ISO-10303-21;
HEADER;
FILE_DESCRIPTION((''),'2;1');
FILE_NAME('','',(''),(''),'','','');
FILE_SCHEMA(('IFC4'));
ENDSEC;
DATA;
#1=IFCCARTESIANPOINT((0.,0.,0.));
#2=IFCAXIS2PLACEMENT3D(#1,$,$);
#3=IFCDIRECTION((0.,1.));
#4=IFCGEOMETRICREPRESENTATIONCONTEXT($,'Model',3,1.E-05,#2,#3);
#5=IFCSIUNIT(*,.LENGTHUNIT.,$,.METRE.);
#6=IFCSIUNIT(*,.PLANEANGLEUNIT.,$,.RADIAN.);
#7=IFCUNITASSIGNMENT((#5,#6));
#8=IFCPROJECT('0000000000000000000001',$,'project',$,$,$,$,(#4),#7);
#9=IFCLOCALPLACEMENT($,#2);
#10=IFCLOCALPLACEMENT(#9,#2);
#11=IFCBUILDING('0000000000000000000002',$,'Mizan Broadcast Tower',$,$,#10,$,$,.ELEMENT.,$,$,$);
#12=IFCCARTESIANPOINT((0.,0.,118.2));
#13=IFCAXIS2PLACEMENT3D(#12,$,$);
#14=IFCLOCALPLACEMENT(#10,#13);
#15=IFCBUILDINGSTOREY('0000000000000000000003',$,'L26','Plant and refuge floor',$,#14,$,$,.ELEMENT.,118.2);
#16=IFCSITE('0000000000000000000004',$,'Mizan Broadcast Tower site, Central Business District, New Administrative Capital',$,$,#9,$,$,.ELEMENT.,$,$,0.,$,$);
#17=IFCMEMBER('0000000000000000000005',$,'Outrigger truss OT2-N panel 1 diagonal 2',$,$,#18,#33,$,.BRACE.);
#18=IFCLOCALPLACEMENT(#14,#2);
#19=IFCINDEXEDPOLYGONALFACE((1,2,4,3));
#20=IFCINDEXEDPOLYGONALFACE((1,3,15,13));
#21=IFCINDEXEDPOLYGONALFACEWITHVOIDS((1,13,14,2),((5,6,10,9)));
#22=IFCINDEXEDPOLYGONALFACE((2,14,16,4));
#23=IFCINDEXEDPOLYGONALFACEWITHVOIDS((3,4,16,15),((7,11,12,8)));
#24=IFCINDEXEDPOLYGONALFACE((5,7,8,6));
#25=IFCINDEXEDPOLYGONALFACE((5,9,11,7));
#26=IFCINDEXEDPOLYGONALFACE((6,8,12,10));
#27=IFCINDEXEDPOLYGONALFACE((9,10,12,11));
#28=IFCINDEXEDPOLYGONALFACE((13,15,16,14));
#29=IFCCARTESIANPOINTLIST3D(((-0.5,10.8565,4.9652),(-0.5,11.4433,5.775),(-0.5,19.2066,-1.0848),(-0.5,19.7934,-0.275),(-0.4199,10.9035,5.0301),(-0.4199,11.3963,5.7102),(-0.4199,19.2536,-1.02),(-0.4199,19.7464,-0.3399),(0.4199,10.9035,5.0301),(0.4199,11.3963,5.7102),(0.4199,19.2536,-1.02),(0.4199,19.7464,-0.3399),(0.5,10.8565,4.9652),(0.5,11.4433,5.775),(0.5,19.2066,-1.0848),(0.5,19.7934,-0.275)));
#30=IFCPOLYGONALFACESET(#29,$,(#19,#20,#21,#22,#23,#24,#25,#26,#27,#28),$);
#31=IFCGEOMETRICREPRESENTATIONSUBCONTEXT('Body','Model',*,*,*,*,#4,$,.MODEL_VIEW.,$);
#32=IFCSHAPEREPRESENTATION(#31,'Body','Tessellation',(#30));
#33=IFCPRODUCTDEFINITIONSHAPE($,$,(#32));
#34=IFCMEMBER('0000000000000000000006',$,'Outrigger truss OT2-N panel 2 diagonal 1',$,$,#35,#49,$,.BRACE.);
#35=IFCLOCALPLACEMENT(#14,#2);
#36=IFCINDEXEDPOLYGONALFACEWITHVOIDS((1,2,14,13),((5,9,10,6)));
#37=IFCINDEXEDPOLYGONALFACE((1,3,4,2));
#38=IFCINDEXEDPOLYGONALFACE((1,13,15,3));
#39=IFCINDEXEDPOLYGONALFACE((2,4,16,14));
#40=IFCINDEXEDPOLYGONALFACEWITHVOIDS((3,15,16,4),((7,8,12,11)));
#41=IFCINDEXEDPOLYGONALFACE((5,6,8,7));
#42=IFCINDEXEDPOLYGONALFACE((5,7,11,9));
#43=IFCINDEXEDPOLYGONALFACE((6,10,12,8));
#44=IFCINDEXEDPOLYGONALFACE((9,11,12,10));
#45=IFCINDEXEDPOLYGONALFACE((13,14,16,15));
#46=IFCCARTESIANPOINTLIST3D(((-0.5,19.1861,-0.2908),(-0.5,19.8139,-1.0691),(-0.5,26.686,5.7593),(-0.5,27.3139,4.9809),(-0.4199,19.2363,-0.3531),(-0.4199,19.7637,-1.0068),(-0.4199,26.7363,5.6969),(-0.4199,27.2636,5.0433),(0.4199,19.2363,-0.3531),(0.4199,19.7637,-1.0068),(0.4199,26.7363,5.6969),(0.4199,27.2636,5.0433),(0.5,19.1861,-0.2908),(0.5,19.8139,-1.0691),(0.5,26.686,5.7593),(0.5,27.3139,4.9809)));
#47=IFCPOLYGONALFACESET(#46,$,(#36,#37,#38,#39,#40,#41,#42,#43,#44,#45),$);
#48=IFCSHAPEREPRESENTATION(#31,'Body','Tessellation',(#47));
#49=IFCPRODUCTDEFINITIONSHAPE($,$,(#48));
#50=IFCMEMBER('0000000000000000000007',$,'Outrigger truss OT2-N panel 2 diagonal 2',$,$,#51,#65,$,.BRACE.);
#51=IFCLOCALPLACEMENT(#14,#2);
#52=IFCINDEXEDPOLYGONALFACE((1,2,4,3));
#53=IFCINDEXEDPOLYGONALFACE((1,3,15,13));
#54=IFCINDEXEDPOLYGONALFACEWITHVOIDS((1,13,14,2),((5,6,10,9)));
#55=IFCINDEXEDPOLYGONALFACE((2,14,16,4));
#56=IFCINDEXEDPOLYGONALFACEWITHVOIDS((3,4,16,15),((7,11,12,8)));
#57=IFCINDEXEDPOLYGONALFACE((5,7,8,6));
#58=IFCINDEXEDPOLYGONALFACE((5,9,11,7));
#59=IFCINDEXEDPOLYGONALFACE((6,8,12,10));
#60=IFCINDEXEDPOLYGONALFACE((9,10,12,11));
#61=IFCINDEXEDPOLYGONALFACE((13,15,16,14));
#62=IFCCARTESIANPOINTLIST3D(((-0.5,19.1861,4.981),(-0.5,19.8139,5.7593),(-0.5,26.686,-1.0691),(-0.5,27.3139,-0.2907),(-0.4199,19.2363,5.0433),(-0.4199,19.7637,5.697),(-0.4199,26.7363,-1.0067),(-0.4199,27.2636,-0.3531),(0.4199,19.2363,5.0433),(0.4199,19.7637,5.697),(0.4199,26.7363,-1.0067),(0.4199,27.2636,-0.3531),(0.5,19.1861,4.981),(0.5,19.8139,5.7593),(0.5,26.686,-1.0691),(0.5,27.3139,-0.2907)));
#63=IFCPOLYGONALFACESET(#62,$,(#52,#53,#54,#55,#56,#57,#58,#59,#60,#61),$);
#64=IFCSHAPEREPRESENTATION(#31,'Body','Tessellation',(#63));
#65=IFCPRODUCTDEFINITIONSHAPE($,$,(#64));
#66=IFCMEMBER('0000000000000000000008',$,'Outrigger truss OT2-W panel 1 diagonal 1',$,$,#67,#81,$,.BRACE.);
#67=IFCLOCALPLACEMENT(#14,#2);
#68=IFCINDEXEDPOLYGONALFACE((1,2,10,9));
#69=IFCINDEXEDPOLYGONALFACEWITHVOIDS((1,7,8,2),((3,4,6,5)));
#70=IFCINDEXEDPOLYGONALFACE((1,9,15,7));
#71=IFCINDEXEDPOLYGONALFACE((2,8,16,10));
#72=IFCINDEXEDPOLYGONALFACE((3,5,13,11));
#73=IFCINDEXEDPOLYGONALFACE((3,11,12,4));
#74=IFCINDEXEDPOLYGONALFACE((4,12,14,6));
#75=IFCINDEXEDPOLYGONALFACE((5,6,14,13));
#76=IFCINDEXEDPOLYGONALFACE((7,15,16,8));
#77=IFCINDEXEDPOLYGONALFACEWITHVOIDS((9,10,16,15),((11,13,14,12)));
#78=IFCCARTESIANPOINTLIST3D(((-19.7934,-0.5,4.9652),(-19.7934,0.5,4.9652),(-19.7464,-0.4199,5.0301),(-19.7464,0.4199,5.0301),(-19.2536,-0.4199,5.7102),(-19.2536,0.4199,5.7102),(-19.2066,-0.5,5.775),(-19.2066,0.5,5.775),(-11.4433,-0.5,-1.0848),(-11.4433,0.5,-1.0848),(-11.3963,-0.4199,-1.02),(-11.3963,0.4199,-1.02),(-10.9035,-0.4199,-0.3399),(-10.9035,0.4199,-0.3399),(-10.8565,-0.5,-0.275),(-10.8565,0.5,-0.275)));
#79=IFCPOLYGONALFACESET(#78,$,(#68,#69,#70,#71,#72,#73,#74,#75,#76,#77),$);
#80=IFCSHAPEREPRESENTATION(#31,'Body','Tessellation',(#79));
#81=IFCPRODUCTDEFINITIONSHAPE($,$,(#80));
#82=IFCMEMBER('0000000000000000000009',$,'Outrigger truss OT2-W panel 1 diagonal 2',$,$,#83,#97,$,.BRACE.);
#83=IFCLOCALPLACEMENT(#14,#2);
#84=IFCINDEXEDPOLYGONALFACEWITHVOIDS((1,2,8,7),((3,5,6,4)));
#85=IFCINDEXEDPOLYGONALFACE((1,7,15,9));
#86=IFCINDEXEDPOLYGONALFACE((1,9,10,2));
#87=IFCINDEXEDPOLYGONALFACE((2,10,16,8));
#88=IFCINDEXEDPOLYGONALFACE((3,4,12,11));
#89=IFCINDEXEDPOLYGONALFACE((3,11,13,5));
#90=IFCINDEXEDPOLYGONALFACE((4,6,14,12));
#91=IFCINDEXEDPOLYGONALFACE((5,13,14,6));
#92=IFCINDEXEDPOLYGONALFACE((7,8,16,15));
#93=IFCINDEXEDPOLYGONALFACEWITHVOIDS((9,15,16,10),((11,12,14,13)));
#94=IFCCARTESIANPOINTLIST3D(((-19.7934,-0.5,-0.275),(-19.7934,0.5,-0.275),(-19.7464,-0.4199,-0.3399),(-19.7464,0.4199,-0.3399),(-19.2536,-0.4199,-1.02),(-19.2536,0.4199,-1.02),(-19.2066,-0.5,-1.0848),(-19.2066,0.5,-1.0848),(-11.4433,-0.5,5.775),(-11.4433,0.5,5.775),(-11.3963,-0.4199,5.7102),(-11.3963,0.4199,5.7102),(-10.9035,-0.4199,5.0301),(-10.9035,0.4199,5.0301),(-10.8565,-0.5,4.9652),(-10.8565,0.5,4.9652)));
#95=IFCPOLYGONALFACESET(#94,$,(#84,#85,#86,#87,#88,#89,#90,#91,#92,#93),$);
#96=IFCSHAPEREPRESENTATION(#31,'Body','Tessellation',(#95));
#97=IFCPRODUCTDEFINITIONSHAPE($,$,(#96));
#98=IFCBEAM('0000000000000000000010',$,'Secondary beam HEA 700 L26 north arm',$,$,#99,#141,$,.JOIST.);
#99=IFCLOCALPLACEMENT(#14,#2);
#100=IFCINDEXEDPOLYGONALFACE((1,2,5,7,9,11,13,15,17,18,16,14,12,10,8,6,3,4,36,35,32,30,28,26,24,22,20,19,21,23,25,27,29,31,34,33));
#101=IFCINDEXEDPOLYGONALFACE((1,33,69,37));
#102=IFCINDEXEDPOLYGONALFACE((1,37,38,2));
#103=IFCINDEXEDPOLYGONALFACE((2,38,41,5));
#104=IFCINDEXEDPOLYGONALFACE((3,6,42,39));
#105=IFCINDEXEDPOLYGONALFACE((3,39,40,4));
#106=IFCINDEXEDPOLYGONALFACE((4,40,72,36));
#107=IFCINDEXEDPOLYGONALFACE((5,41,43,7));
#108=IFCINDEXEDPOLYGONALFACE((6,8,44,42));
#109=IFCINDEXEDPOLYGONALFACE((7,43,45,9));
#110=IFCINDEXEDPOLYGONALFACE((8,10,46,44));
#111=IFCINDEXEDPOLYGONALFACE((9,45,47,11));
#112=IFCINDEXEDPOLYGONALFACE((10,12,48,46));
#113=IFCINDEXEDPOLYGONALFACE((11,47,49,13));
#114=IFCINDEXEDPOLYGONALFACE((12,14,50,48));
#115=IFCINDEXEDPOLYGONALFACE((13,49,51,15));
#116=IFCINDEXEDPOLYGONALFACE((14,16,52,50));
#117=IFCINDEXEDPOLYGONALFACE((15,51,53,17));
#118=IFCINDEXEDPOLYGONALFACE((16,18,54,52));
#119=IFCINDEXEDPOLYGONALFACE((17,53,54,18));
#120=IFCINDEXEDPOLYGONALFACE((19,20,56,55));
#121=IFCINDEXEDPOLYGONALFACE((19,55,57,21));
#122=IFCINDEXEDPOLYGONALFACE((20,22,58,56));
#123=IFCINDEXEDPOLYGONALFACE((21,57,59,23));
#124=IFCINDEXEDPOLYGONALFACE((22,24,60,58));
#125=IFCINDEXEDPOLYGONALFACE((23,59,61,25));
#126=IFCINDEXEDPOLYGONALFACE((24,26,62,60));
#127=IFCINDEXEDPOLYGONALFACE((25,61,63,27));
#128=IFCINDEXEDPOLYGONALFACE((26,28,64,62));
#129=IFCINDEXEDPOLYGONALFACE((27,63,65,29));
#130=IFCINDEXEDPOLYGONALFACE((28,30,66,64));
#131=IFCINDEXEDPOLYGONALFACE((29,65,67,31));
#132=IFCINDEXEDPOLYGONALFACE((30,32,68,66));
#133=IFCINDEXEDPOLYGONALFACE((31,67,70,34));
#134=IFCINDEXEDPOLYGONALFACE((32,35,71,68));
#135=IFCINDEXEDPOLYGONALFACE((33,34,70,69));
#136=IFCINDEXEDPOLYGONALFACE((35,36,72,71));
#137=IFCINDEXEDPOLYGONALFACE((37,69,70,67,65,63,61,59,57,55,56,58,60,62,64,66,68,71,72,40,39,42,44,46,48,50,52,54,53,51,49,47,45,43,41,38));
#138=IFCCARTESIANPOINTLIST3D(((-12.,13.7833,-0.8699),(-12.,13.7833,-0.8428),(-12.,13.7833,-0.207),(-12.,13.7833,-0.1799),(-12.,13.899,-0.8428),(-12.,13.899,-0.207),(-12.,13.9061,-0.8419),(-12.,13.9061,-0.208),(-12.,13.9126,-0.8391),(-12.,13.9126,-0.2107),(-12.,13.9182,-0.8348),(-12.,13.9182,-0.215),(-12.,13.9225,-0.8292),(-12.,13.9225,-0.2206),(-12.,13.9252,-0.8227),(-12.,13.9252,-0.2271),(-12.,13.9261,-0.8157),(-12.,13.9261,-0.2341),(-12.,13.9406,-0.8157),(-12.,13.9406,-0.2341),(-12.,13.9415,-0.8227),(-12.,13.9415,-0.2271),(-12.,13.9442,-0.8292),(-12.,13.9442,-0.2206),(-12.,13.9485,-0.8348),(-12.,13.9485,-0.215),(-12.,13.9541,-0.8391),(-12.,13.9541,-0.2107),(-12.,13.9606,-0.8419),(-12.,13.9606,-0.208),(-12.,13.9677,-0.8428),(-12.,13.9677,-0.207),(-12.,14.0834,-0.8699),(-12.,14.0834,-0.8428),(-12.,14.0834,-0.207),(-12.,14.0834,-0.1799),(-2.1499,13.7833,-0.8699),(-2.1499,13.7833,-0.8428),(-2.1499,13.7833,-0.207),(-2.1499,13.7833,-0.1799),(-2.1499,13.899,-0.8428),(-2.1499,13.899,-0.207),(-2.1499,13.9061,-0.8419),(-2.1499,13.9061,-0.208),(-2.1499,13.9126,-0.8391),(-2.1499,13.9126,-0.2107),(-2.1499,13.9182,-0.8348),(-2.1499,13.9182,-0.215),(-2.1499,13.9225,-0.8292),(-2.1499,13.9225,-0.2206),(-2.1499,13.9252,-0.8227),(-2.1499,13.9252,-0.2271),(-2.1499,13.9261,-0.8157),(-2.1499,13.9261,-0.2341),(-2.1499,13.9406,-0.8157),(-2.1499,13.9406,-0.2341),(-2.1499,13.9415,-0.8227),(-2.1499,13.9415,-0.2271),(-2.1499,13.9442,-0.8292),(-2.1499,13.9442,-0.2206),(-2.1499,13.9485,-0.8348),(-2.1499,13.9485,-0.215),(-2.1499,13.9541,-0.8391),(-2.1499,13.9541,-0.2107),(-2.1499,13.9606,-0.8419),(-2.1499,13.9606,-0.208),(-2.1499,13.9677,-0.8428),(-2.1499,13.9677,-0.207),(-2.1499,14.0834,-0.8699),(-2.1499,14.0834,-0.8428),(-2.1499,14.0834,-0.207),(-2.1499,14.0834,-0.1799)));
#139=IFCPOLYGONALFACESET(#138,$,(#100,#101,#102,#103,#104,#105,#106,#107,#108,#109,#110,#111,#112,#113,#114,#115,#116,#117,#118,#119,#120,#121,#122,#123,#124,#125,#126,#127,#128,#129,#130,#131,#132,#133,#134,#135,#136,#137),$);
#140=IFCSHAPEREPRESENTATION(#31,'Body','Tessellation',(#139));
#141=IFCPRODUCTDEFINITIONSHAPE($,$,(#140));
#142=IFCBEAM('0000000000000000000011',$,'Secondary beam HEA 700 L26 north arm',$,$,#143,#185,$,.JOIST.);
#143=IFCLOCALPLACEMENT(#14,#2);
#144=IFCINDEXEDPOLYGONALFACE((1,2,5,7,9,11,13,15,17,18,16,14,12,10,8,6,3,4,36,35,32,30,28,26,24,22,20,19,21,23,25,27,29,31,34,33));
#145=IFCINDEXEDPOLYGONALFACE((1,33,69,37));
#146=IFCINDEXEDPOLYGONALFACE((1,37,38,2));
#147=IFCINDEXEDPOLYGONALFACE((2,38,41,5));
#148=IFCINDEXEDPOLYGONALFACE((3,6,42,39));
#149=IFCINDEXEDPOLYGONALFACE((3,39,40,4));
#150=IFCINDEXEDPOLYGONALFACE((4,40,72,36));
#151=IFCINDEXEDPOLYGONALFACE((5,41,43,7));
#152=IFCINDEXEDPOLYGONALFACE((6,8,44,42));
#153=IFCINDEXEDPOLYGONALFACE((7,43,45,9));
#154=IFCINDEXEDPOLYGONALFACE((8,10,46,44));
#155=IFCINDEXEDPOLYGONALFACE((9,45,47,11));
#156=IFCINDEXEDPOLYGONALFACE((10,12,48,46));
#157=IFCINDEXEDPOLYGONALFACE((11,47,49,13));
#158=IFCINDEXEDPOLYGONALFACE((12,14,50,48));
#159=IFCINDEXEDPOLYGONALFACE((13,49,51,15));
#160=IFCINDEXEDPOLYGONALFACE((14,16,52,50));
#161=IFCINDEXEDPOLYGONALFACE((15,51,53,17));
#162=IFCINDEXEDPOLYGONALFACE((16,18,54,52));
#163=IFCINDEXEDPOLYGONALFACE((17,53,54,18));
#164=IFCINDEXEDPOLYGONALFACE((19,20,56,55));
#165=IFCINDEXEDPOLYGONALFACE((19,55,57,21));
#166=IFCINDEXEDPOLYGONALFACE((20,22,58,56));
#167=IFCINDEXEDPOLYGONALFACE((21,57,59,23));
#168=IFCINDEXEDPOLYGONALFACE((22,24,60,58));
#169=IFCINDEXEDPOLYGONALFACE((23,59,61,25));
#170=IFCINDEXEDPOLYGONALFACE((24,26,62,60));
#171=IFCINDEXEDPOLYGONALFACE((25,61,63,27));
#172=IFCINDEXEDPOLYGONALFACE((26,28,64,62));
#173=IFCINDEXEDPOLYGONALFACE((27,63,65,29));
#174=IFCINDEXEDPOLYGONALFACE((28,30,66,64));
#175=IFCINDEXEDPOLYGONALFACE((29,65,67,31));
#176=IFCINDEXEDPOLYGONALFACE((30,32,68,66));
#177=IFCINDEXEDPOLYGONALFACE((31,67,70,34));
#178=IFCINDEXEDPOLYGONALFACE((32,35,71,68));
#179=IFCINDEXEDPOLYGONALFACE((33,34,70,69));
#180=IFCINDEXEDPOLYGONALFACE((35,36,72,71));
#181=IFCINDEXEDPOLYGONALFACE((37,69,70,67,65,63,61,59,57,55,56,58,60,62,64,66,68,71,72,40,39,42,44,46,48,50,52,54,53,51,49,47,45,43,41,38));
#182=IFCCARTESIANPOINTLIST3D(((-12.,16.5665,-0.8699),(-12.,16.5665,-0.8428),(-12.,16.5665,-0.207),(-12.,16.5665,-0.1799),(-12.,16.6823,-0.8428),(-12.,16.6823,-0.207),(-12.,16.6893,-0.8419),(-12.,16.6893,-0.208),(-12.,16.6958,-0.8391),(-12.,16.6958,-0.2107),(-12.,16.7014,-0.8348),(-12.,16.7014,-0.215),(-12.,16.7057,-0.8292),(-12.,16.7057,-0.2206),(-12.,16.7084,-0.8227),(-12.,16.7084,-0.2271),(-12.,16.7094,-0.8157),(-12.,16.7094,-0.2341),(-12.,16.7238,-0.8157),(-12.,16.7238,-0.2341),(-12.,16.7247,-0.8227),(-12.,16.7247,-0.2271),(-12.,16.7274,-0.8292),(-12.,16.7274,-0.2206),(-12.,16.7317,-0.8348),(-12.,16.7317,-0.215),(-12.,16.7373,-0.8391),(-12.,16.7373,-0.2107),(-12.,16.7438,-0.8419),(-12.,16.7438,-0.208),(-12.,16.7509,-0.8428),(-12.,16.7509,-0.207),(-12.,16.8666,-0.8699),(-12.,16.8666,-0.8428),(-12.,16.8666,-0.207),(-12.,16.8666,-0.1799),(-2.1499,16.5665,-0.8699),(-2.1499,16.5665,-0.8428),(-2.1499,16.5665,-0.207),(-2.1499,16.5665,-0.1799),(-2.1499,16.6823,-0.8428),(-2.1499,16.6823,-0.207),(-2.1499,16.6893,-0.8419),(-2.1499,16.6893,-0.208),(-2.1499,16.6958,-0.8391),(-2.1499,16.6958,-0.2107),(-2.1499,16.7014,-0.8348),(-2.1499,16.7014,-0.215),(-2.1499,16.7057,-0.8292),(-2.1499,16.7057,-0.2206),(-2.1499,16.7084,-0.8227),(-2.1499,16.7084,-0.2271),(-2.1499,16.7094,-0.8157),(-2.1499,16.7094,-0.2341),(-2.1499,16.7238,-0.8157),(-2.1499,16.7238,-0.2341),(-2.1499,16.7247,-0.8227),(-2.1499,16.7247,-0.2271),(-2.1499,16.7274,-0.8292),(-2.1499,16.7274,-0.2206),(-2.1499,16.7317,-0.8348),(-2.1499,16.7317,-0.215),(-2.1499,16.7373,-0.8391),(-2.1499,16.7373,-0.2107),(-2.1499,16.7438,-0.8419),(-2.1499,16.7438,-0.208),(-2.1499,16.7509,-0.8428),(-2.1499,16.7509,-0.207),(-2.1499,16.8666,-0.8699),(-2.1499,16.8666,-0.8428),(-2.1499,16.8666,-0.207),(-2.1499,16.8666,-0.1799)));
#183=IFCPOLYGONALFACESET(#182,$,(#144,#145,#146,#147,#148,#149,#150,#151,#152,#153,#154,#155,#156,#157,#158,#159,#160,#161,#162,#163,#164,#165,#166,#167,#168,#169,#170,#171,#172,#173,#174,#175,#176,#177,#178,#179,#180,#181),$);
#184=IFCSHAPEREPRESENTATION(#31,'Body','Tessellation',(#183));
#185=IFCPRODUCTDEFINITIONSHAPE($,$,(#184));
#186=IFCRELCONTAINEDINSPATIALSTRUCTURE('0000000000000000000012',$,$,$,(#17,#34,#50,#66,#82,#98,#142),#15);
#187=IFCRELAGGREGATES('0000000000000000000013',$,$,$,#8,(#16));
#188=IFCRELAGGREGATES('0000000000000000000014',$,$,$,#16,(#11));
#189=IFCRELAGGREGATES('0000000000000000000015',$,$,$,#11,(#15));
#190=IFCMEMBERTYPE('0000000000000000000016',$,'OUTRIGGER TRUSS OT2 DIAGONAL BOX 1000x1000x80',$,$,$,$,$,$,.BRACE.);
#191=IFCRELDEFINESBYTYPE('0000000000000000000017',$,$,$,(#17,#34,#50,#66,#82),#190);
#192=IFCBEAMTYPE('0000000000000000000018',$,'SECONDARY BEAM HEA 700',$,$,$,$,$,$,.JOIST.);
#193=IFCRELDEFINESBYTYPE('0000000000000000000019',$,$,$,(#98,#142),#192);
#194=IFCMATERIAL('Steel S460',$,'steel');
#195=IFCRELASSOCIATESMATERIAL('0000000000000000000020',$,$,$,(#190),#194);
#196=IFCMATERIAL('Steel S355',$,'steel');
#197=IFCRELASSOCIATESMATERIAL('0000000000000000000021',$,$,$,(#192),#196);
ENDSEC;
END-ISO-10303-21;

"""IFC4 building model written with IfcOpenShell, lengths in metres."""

from ifc_helpers import new_model, si_unit, direction, frame, origin, origin_2d, place, context, subcontext, project, spatial, hollow_rectangle, i_section, extrude, material, material_profile, profile_set, type_object, element, save


model = new_model("IFC4")

# Units and contexts
model_context = context("Model", 3, precision=1e-05, world=origin(), true_north=direction((0.0, 1.0)))
body_context = subcontext(model_context, "Body", "Model", "MODEL_VIEW")
ifc_project = project(units=[si_unit("LENGTHUNIT", "METRE"), si_unit("PLANEANGLEUNIT", "RADIAN")], contexts=[model_context])

# Site, building, storey
site_placement = place(None, origin())
site = spatial("IfcSite", under=ifc_project, at=site_placement, Name="Mizan Broadcast Tower site, Central Business District, New Administrative Capital", CompositionType="ELEMENT", RefElevation=0.0)
building_placement = place(site_placement, origin())
building = spatial("IfcBuilding", under=site, at=building_placement, Name="Mizan Broadcast Tower", CompositionType="ELEMENT")
storey_placement = place(building_placement, frame((0.0, 0.0, 118.2)))
storey = spatial("IfcBuildingStorey", under=building, at=storey_placement, Name="L26", Description="Plant and refuge floor", CompositionType="ELEMENT", Elevation=118.2)

# Members
ifc_material_1 = material(Name="Steel S460", Category="steel")
ifc_material_profile_1 = material_profile(ifc_material_1, hollow_rectangle(XDim=1.0, YDim=1.0, WallThickness=0.0801, at=origin_2d()), Name="BOX 1000x1000x80")
ifc_profile_set_1 = profile_set([ifc_material_profile_1], Name="Steel S460")
member_type = type_object("IfcMemberType", Name="OUTRIGGER TRUSS OT2 DIAGONAL BOX 1000x1000x80", PredefinedType="BRACE", material=ifc_profile_set_1)
for number, where, z_axis, x_axis, name in (
    (1, (0.0, 11.1499, 5.3701), (0.0, 0.809784, -0.586728), (-1.0, 0.0, 0.0), "Outrigger truss OT2-N panel 1 diagonal 2"),
):
    element("IfcMember", number, at=place(storey_placement, frame(where, z_axis=z_axis, x_axis=x_axis)), inside=storey, type_object=member_type, Name=name, PredefinedType="BRACE", context=body_context, shape_type="SweptSolid", body=[
        extrude(hollow_rectangle(XDim=1.0, YDim=1.0, WallThickness=0.0801, at=origin_2d()), origin(), (0.0, 0.0, 1.0), 10.3115),
    ])
for number, where, z_axis, x_axis, name in (
    (2, (0.0, 19.5, -0.6799), (0.0, 0.778329, 0.627857), (-1.0, 0.0, 0.0), "Outrigger truss OT2-N panel 2 diagonal 1"),
    (3, (0.0, 19.5, 5.3701), (0.0, 0.778329, -0.627857), (-1.0, 0.0, 0.0), "Outrigger truss OT2-N panel 2 diagonal 2"),
):
    element("IfcMember", number, at=place(storey_placement, frame(where, z_axis=z_axis, x_axis=x_axis)), inside=storey, type_object=member_type, Name=name, PredefinedType="BRACE", context=body_context, shape_type="SweptSolid", body=[
        extrude(hollow_rectangle(XDim=1.0, YDim=1.0, WallThickness=0.0801, at=origin_2d()), origin(), (0.0, 0.0, 1.0), 9.636),
    ])
for number, where, z_axis, x_axis, name in (
    (4, (-11.1499, 0.0, -0.6799), (-0.809784, 0.0, 0.586728), (0.0, -1.0, 0.0), "Outrigger truss OT2-W panel 1 diagonal 1"),
    (5, (-11.1499, 0.0, 5.3701), (-0.809784, 0.0, -0.586728), (0.0, -1.0, 0.0), "Outrigger truss OT2-W panel 1 diagonal 2"),
):
    element("IfcMember", number, at=place(storey_placement, frame(where, z_axis=z_axis, x_axis=x_axis)), inside=storey, type_object=member_type, Name=name, PredefinedType="BRACE", context=body_context, shape_type="SweptSolid", body=[
        extrude(hollow_rectangle(XDim=1.0, YDim=1.0, WallThickness=0.0801, at=origin_2d()), origin(), (0.0, 0.0, 1.0), 10.3115),
    ])

# Beams
ifc_material_2 = material(Name="Steel S355", Category="steel")
ifc_material_profile_2 = material_profile(ifc_material_2, i_section(OverallWidth=0.3, OverallDepth=0.6899, WebThickness=0.0144, FlangeThickness=0.0271, FilletRadius=0.0271, at=origin_2d()), Name="HEA 700")
ifc_profile_set_2 = profile_set([ifc_material_profile_2], Name="Steel S355")
beam_type_1 = type_object("IfcBeamType", Name="SECONDARY BEAM HEA 700", PredefinedType="JOIST", material=ifc_profile_set_2)
for number, where, z_axis, x_axis, name in (
    (6, (-12.0, 13.9333, -0.5249), (1.0, 0.0, 0.0), (0.0, 1.0, 0.0), "Secondary beam HEA 700 L26 north arm"),
    (7, (-12.0, 16.7166, -0.5249), (1.0, 0.0, 0.0), (0.0, 1.0, 0.0), "Secondary beam HEA 700 L26 north arm"),
):
    element("IfcBeam", number, at=place(storey_placement, frame(where, z_axis=z_axis, x_axis=x_axis)), inside=storey, type_object=beam_type_1, Name=name, PredefinedType="JOIST", context=body_context, shape_type="SweptSolid", body=[
        extrude(i_section(OverallWidth=0.3, OverallDepth=0.6899, WebThickness=0.0144, FlangeThickness=0.0271, FilletRadius=0.0271, at=origin_2d()), origin(), (0.0, 0.0, 1.0), 9.8501),
    ])

save(model, "model.ifc")
